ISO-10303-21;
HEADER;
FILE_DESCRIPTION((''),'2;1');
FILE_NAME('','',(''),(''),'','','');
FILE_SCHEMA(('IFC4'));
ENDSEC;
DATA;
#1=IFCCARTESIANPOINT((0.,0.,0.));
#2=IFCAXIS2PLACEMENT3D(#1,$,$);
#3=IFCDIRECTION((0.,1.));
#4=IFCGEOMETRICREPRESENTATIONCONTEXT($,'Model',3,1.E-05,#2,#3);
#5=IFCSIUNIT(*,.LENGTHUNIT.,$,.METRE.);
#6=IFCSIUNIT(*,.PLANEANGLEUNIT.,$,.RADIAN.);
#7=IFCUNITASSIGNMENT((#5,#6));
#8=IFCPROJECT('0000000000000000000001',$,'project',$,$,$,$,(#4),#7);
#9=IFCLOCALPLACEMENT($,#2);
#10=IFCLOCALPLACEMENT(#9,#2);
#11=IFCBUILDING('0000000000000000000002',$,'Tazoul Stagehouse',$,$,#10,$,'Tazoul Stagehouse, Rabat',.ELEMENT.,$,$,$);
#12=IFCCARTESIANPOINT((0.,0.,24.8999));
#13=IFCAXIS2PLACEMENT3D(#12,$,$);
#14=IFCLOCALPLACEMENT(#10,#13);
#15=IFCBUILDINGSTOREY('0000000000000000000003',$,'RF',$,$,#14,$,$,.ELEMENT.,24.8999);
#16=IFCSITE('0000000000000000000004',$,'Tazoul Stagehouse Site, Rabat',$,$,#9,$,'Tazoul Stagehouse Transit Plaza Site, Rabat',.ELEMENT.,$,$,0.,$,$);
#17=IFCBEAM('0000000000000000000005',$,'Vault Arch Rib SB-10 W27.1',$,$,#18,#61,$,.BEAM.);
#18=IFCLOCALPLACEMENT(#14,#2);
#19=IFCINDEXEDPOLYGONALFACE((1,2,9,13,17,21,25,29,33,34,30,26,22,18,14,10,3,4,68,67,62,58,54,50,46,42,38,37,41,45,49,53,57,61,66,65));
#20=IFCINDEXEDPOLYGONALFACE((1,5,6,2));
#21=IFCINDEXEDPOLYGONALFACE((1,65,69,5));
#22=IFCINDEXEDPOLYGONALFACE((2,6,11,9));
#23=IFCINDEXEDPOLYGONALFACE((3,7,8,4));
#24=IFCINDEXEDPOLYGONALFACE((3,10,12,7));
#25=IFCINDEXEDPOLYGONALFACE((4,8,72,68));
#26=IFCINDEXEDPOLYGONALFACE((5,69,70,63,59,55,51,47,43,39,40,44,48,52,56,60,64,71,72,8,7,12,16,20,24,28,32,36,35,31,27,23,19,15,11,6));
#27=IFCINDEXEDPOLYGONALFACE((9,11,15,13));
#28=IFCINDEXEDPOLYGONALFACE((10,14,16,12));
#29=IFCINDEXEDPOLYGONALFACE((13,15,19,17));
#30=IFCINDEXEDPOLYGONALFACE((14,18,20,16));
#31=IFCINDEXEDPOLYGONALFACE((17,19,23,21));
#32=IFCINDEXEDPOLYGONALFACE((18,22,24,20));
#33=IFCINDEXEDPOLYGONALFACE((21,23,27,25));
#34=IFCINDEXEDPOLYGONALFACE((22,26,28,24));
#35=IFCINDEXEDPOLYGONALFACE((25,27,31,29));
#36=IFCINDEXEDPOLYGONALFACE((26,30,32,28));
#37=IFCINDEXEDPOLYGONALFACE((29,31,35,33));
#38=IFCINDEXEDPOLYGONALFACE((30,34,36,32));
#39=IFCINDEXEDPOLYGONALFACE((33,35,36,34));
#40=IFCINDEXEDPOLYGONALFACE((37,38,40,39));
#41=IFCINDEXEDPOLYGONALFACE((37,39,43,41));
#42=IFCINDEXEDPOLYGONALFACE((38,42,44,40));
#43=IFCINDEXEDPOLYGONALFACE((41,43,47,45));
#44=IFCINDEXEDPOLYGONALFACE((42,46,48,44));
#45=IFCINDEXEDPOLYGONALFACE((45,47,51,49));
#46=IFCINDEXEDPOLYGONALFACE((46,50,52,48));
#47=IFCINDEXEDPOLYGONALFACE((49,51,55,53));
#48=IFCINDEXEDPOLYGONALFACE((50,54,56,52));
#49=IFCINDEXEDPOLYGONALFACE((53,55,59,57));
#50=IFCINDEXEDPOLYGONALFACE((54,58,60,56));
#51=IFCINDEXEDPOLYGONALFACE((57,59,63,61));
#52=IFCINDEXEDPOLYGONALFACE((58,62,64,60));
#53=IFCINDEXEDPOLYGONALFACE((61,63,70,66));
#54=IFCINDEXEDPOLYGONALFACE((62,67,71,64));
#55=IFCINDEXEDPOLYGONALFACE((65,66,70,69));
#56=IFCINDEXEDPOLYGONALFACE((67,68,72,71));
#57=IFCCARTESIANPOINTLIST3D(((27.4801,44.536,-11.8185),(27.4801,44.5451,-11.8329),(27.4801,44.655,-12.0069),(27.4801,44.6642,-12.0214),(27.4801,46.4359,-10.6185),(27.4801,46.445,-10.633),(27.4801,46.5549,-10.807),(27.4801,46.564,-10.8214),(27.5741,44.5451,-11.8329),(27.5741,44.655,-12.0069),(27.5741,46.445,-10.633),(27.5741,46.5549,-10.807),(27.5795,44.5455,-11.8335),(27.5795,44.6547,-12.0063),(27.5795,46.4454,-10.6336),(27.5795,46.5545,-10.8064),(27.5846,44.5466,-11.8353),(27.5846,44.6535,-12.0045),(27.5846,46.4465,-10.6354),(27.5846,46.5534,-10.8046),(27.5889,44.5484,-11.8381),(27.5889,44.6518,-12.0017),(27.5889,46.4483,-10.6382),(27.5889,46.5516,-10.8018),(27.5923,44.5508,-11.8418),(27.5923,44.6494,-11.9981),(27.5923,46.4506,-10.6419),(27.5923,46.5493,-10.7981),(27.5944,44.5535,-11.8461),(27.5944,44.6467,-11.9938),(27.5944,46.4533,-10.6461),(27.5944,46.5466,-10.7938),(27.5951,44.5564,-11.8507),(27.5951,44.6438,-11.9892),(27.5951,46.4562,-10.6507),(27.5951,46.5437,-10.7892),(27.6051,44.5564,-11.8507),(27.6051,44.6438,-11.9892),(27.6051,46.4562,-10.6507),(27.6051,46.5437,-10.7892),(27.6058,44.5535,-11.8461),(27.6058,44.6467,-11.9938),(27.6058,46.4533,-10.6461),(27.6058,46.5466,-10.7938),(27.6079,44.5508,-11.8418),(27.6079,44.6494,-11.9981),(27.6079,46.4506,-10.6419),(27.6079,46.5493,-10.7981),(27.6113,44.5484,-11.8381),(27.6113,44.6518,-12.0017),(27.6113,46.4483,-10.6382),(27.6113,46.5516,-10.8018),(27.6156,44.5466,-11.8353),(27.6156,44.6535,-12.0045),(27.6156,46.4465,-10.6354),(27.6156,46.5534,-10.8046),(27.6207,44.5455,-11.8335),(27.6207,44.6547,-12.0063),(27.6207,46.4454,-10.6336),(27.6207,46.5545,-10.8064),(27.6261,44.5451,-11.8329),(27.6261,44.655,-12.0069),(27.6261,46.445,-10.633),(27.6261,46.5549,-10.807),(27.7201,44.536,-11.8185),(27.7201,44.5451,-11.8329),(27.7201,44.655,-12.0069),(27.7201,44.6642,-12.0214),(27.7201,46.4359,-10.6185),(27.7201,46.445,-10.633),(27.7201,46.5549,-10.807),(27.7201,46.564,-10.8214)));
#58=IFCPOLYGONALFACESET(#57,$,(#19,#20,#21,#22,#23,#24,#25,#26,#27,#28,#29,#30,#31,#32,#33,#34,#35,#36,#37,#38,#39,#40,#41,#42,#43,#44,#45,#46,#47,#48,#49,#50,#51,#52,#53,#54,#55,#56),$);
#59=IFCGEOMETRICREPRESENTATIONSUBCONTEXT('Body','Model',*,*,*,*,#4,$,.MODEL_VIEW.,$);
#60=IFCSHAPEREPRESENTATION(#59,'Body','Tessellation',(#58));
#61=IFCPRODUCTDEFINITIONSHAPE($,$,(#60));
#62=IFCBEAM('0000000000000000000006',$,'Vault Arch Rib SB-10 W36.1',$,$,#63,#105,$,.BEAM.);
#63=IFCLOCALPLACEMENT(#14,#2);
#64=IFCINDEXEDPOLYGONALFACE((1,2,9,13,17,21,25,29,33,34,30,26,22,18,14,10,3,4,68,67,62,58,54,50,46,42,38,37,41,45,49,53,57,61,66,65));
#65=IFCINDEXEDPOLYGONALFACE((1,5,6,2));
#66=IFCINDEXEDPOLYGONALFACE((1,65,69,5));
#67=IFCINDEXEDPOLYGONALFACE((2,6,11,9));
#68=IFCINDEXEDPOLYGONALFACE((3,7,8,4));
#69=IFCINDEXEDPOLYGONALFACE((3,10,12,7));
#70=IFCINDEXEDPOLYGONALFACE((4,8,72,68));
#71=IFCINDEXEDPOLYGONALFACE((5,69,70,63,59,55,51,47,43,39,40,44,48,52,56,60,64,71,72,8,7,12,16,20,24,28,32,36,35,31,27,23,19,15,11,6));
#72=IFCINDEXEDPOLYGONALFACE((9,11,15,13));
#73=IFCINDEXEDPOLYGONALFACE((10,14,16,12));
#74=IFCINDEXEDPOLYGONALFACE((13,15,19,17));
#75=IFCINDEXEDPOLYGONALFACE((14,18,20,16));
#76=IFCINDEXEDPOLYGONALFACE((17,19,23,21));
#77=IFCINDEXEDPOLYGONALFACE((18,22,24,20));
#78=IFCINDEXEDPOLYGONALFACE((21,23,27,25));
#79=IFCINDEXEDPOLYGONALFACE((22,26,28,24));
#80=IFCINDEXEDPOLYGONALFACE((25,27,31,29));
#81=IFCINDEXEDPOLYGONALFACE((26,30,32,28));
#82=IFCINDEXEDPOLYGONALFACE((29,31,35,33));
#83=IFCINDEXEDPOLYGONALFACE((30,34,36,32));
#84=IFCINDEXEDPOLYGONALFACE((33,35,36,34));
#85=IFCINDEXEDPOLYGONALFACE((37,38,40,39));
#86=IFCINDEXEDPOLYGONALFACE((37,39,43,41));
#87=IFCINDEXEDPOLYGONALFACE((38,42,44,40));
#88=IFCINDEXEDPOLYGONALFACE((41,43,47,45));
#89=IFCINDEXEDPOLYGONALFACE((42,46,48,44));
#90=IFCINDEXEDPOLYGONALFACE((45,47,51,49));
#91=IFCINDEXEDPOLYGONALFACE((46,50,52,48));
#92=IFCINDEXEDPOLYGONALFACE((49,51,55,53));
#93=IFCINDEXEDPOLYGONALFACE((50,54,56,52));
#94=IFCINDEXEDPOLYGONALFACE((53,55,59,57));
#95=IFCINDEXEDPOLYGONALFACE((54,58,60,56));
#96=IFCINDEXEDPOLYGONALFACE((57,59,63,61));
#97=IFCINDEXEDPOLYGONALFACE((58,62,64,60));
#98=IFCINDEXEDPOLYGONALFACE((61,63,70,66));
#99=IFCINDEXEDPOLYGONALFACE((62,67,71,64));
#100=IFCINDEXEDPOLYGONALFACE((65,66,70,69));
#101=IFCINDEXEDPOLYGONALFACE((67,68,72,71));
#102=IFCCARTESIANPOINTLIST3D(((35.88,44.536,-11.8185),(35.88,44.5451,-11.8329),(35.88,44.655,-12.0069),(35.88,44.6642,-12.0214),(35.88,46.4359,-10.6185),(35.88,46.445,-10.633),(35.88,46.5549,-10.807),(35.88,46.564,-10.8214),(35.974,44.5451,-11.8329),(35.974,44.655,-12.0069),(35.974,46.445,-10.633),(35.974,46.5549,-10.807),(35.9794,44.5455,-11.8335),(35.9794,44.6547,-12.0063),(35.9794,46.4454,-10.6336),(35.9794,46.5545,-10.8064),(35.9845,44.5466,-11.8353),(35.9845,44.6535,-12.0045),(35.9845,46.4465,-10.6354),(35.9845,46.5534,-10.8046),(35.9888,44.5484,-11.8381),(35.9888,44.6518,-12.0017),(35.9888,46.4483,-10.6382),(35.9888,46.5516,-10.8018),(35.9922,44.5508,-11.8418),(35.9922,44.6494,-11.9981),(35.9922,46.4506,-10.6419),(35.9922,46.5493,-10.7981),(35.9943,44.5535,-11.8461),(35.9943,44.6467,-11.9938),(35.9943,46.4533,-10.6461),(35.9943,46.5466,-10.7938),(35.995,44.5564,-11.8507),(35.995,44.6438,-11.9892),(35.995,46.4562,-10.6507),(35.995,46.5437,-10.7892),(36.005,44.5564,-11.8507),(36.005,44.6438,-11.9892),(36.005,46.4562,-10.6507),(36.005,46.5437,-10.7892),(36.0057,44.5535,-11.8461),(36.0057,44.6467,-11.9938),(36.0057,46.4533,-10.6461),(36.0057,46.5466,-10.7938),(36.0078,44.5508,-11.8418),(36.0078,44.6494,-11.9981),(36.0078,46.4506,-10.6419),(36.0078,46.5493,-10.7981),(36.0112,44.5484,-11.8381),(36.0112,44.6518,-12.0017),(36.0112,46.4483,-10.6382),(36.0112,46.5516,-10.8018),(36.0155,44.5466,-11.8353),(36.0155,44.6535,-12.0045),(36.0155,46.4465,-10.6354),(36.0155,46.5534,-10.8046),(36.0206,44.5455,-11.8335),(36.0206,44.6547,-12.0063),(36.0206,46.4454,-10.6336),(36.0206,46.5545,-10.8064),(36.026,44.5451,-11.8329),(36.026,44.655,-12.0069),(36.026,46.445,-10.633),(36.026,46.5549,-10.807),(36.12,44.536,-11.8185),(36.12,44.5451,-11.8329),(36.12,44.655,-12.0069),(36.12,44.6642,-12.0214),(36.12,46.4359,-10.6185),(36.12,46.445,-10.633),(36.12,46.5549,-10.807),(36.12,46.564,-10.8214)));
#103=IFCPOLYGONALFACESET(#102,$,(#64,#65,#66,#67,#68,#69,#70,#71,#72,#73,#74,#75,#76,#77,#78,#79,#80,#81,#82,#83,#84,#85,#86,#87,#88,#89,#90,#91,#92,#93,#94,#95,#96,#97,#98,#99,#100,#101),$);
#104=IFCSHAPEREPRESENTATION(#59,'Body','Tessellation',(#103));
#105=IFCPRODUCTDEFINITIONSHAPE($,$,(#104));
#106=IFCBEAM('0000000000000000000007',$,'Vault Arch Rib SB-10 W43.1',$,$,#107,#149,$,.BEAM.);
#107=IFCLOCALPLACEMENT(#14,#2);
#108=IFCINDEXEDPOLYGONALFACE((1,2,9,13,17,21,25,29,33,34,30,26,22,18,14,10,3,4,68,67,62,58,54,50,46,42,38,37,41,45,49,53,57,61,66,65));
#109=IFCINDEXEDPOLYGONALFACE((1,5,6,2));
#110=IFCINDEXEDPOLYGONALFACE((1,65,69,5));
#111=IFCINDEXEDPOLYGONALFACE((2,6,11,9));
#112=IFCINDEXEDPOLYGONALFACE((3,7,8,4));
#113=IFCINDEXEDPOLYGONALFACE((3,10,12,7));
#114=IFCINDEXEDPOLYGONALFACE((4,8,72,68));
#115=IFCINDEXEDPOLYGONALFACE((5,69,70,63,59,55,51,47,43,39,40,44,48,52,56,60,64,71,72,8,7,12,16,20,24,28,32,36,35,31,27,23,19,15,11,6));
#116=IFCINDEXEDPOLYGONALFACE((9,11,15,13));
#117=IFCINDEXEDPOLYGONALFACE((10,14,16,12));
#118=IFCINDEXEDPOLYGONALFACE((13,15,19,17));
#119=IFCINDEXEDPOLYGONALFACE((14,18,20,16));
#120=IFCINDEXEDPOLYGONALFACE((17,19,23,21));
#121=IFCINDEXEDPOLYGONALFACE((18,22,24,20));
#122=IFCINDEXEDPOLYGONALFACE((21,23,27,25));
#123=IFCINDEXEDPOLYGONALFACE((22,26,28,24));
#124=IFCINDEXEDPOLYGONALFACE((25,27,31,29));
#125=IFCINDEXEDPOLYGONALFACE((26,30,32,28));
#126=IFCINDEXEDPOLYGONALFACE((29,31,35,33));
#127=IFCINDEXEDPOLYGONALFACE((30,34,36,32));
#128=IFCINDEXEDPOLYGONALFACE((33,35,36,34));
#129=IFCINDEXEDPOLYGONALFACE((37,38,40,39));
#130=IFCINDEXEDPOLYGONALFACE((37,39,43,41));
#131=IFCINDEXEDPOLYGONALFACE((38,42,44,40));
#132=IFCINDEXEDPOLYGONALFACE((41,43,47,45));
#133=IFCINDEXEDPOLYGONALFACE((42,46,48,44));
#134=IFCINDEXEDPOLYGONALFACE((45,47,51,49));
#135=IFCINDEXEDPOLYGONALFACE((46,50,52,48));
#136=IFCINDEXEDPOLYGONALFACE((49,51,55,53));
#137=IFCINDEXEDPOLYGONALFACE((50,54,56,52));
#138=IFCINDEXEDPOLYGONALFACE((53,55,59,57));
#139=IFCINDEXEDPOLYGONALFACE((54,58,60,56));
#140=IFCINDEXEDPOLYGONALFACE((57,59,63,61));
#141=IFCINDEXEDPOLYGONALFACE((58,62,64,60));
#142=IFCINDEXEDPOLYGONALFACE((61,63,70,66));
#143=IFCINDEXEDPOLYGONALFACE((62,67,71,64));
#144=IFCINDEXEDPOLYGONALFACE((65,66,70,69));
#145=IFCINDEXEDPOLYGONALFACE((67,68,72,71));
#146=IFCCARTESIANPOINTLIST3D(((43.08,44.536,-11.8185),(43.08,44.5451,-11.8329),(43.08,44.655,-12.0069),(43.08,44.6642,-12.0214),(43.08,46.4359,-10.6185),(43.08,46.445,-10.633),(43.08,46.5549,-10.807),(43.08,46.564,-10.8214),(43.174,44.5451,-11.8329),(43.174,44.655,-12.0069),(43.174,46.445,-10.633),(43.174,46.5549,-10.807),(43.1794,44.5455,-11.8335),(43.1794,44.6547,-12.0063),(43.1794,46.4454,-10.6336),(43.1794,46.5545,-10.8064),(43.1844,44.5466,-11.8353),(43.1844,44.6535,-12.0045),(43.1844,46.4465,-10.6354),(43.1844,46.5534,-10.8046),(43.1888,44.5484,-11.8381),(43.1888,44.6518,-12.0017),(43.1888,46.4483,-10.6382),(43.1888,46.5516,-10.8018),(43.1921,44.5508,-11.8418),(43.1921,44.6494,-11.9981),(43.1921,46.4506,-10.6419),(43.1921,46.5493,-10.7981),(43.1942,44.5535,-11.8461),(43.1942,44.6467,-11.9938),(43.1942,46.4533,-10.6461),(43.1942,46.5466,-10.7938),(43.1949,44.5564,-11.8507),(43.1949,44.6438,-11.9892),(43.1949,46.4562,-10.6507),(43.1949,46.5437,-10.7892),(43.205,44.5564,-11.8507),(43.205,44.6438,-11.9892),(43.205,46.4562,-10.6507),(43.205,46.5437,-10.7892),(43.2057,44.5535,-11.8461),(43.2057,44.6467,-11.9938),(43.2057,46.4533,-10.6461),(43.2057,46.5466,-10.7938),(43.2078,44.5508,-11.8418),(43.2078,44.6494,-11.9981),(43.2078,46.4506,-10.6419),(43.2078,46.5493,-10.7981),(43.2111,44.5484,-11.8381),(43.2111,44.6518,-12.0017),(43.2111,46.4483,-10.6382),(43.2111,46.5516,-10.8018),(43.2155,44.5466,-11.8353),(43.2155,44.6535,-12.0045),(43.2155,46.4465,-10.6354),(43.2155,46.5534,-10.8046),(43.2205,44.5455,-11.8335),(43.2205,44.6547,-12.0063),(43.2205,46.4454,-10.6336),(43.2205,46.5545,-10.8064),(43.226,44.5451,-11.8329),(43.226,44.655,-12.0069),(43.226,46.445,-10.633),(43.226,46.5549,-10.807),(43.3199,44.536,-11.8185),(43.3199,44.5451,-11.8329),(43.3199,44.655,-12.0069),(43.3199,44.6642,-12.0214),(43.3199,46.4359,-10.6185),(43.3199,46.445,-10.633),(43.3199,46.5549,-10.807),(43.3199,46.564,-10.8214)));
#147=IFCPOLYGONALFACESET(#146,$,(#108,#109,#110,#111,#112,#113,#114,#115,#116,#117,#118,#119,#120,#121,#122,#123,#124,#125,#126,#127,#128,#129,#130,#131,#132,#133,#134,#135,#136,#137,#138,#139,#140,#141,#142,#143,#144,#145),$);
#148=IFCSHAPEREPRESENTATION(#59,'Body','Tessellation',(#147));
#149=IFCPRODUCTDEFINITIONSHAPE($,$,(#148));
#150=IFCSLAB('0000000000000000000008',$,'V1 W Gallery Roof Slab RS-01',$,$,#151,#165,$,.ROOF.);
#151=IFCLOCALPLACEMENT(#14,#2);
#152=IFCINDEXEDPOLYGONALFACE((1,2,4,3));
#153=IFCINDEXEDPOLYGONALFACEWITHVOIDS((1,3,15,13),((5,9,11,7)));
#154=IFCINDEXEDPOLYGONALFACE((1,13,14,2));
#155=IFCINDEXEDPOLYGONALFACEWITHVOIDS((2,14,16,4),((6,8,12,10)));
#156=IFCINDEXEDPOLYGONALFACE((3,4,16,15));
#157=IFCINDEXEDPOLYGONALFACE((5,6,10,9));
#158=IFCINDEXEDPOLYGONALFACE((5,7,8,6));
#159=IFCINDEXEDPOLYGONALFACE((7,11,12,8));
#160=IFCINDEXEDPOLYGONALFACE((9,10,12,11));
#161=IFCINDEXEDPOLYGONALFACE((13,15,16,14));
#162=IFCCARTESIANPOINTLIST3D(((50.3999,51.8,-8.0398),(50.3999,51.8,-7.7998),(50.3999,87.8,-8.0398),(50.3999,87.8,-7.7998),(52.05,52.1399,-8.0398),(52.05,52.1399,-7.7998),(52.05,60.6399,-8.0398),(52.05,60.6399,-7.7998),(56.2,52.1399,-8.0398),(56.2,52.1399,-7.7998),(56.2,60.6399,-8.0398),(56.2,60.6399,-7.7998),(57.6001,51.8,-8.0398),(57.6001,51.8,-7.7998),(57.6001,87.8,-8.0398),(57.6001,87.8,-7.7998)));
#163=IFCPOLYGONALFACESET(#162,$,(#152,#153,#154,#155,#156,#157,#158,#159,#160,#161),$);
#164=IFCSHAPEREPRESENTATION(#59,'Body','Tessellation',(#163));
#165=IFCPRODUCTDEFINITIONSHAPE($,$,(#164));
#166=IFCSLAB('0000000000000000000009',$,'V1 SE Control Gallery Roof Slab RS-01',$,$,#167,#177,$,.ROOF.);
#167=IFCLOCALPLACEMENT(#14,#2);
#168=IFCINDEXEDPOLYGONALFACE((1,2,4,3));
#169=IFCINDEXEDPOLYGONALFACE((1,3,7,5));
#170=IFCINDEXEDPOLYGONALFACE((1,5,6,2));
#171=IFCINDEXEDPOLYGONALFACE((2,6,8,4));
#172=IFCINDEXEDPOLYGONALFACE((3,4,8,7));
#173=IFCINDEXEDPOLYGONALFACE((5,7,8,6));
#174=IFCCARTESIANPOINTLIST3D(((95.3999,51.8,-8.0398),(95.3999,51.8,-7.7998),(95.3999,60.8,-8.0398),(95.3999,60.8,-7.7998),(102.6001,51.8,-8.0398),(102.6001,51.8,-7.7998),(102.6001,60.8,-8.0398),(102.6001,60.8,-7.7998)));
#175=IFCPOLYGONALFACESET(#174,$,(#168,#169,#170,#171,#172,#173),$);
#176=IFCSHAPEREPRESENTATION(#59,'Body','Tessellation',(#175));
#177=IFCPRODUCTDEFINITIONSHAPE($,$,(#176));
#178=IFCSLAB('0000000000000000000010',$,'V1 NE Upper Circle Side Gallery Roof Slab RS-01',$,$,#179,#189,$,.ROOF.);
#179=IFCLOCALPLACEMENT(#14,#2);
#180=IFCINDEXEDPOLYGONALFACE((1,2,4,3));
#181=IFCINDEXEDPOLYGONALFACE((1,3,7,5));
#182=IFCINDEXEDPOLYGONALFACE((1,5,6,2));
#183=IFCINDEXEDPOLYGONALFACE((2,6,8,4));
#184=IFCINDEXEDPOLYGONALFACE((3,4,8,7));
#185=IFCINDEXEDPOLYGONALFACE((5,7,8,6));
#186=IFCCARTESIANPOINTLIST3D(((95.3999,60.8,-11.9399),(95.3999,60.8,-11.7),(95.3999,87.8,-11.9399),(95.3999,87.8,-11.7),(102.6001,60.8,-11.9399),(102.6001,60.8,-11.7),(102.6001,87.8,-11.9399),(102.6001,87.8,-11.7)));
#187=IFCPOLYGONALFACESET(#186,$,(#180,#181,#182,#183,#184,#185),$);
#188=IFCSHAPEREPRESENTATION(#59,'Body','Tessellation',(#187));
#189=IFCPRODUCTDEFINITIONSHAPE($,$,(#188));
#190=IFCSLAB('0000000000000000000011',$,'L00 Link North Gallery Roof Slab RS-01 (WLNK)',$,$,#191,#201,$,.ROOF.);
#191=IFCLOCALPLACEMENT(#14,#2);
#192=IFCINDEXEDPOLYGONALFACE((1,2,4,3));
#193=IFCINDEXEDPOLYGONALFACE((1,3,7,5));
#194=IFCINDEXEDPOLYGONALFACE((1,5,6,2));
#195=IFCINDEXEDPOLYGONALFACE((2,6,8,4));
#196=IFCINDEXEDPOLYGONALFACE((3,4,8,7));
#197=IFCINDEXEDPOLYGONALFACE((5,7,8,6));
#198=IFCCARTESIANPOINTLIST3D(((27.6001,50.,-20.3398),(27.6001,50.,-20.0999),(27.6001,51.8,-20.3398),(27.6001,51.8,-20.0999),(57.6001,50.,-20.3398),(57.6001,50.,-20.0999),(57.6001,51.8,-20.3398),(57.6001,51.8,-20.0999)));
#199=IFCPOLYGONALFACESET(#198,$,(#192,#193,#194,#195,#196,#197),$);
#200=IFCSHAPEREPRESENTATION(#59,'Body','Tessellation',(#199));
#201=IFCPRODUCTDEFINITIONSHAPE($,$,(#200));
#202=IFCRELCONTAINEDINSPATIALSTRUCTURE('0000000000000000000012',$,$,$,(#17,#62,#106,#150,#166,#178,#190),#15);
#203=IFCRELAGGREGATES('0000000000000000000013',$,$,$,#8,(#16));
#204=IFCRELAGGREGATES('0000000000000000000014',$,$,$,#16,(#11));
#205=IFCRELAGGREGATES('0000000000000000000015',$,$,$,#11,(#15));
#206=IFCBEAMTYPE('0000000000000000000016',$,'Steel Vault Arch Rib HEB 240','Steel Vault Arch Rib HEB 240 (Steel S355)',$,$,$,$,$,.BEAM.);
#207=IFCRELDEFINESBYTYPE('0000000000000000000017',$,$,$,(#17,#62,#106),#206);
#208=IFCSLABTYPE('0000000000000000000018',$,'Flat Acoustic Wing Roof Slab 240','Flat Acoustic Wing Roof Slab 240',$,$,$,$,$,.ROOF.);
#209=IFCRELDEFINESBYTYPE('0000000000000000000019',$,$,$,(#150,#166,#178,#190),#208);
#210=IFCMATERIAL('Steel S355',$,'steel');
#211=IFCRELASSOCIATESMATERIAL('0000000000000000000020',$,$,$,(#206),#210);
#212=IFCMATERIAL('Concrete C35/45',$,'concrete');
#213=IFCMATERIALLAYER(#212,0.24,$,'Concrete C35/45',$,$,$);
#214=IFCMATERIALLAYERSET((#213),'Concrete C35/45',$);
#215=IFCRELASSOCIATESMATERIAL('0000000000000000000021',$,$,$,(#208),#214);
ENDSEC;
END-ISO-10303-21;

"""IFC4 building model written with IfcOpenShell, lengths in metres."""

from ifc_helpers import new_model, si_unit, direction, frame, origin, origin_2d, place, context, subcontext, project, spatial, polyline, i_section, outline, extrude, material, layer, layer_set, material_profile, profile_set, type_object, element, save


model = new_model("IFC4")

# Units and contexts
model_context = context("Model", 3, precision=1e-05, world=origin(), true_north=direction((0.0, 1.0)))
body_context = subcontext(model_context, "Body", "Model", "MODEL_VIEW")
ifc_project = project(units=[si_unit("LENGTHUNIT", "METRE"), si_unit("PLANEANGLEUNIT", "RADIAN")], contexts=[model_context])

# Site, building, storey
site_placement = place(None, origin())
site = spatial("IfcSite", under=ifc_project, at=site_placement, Name="Tazoul Stagehouse Site, Rabat", LongName="Tazoul Stagehouse Transit Plaza Site, Rabat", CompositionType="ELEMENT", RefElevation=0.0)
building_placement = place(site_placement, origin())
building = spatial("IfcBuilding", under=site, at=building_placement, Name="Tazoul Stagehouse", LongName="Tazoul Stagehouse, Rabat", CompositionType="ELEMENT")
storey_placement = place(building_placement, frame((0.0, 0.0, 24.8999)))
storey = spatial("IfcBuildingStorey", under=building, at=storey_placement, Name="RF", CompositionType="ELEMENT", Elevation=24.8999)

# Beams
ifc_material_1 = material(Name="Steel S355", Category="steel")
ifc_material_profile = material_profile(ifc_material_1, i_section(OverallWidth=0.24, OverallDepth=0.24, WebThickness=0.01, FlangeThickness=0.0171, FilletRadius=0.021, at=origin_2d()), Name="HEB 240")
ifc_profile_set = profile_set([ifc_material_profile], Name="Steel S355")
beam_type = type_object("IfcBeamType", Name="Steel Vault Arch Rib HEB 240", Description="Steel Vault Arch Rib HEB 240 (Steel S355)", PredefinedType="BEAM", material=ifc_profile_set)
for number, where, z_axis, x_axis, name in (
    (1, (27.6001, 44.6001, -11.9199), (0.0, 0.845486, 0.533997), (-1.0, 0.0, 0.0), "Vault Arch Rib SB-10 W27.1"),
    (2, (36.0, 44.6001, -11.9199), (0.0, 0.845486, 0.533997), (-1.0, 0.0, 0.0), "Vault Arch Rib SB-10 W36.1"),
    (3, (43.2, 44.6001, -11.9199), (0.0, 0.845486, 0.533997), (-1.0, 0.0, 0.0), "Vault Arch Rib SB-10 W43.1"),
):
    element("IfcBeam", number, at=place(storey_placement, frame(where, z_axis=z_axis, x_axis=x_axis)), inside=storey, type_object=beam_type, Name=name, PredefinedType="BEAM", context=body_context, shape_type="SweptSolid", body=[
        extrude(i_section(OverallWidth=0.24, OverallDepth=0.24, WebThickness=0.01, FlangeThickness=0.0171, FilletRadius=0.021, at=origin_2d()), origin(), (0.0, 0.0, 1.0), 2.2471),
    ])

# Slabs
ifc_material_2 = material(Name="Concrete C35/45", Category="concrete")
ifc_layer_1 = layer(ifc_material_2, 0.24, Name="Concrete C35/45")
ifc_layer_set_1 = layer_set([ifc_layer_1], Name="Concrete C35/45")
slab_type_1 = type_object("IfcSlabType", Name="Flat Acoustic Wing Roof Slab 240", Description="Flat Acoustic Wing Roof Slab 240", PredefinedType="ROOF", material=ifc_layer_set_1)
slab_1_placement = place(storey_placement, frame((0.0, 0.0, -8.0398)))
element("IfcSlab", 4, at=slab_1_placement, inside=storey, type_object=slab_type_1, Name="V1 W Gallery Roof Slab RS-01", PredefinedType="ROOF", context=body_context, shape_type="SweptSolid", body=[
    extrude(outline(polyline([(50.3999, 51.8), (57.6001, 51.8), (57.6001, 87.8), (50.3999, 87.8), (50.3999, 51.8)]), holes=[polyline([(52.05, 52.1399), (56.2, 52.1399), (56.2, 60.6399), (52.05, 60.6399), (52.05, 52.1399)])]), origin(), (0.0, 0.0, 1.0), 0.24),
])
slab_2_placement = place(storey_placement, frame((0.0, 0.0, -8.0398)))
element("IfcSlab", 5, at=slab_2_placement, inside=storey, type_object=slab_type_1, Name="V1 SE Control Gallery Roof Slab RS-01", PredefinedType="ROOF", context=body_context, shape_type="SweptSolid", body=[
    extrude(outline(polyline([(95.3999, 51.8), (102.6001, 51.8), (102.6001, 60.8), (95.3999, 60.8), (95.3999, 51.8)])), origin(), (0.0, 0.0, 1.0), 0.24),
])
slab_3_placement = place(storey_placement, frame((0.0, 0.0, -11.9399)))
element("IfcSlab", 6, at=slab_3_placement, inside=storey, type_object=slab_type_1, Name="V1 NE Upper Circle Side Gallery Roof Slab RS-01", PredefinedType="ROOF", context=body_context, shape_type="SweptSolid", body=[
    extrude(outline(polyline([(95.3999, 60.8), (102.6001, 60.8), (102.6001, 87.8), (95.3999, 87.8), (95.3999, 60.8)])), origin(), (0.0, 0.0, 1.0), 0.24),
])
slab_4_placement = place(storey_placement, frame((0.0, 0.0, -20.3398)))
element("IfcSlab", 7, at=slab_4_placement, inside=storey, type_object=slab_type_1, Name="L00 Link North Gallery Roof Slab RS-01 (WLNK)", PredefinedType="ROOF", context=body_context, shape_type="SweptSolid", body=[
    extrude(outline(polyline([(27.6001, 50.0), (57.6001, 50.0), (57.6001, 51.8), (27.6001, 51.8), (27.6001, 50.0)])), origin(), (0.0, 0.0, 1.0), 0.24),
])

save(model, "model.ifc")
